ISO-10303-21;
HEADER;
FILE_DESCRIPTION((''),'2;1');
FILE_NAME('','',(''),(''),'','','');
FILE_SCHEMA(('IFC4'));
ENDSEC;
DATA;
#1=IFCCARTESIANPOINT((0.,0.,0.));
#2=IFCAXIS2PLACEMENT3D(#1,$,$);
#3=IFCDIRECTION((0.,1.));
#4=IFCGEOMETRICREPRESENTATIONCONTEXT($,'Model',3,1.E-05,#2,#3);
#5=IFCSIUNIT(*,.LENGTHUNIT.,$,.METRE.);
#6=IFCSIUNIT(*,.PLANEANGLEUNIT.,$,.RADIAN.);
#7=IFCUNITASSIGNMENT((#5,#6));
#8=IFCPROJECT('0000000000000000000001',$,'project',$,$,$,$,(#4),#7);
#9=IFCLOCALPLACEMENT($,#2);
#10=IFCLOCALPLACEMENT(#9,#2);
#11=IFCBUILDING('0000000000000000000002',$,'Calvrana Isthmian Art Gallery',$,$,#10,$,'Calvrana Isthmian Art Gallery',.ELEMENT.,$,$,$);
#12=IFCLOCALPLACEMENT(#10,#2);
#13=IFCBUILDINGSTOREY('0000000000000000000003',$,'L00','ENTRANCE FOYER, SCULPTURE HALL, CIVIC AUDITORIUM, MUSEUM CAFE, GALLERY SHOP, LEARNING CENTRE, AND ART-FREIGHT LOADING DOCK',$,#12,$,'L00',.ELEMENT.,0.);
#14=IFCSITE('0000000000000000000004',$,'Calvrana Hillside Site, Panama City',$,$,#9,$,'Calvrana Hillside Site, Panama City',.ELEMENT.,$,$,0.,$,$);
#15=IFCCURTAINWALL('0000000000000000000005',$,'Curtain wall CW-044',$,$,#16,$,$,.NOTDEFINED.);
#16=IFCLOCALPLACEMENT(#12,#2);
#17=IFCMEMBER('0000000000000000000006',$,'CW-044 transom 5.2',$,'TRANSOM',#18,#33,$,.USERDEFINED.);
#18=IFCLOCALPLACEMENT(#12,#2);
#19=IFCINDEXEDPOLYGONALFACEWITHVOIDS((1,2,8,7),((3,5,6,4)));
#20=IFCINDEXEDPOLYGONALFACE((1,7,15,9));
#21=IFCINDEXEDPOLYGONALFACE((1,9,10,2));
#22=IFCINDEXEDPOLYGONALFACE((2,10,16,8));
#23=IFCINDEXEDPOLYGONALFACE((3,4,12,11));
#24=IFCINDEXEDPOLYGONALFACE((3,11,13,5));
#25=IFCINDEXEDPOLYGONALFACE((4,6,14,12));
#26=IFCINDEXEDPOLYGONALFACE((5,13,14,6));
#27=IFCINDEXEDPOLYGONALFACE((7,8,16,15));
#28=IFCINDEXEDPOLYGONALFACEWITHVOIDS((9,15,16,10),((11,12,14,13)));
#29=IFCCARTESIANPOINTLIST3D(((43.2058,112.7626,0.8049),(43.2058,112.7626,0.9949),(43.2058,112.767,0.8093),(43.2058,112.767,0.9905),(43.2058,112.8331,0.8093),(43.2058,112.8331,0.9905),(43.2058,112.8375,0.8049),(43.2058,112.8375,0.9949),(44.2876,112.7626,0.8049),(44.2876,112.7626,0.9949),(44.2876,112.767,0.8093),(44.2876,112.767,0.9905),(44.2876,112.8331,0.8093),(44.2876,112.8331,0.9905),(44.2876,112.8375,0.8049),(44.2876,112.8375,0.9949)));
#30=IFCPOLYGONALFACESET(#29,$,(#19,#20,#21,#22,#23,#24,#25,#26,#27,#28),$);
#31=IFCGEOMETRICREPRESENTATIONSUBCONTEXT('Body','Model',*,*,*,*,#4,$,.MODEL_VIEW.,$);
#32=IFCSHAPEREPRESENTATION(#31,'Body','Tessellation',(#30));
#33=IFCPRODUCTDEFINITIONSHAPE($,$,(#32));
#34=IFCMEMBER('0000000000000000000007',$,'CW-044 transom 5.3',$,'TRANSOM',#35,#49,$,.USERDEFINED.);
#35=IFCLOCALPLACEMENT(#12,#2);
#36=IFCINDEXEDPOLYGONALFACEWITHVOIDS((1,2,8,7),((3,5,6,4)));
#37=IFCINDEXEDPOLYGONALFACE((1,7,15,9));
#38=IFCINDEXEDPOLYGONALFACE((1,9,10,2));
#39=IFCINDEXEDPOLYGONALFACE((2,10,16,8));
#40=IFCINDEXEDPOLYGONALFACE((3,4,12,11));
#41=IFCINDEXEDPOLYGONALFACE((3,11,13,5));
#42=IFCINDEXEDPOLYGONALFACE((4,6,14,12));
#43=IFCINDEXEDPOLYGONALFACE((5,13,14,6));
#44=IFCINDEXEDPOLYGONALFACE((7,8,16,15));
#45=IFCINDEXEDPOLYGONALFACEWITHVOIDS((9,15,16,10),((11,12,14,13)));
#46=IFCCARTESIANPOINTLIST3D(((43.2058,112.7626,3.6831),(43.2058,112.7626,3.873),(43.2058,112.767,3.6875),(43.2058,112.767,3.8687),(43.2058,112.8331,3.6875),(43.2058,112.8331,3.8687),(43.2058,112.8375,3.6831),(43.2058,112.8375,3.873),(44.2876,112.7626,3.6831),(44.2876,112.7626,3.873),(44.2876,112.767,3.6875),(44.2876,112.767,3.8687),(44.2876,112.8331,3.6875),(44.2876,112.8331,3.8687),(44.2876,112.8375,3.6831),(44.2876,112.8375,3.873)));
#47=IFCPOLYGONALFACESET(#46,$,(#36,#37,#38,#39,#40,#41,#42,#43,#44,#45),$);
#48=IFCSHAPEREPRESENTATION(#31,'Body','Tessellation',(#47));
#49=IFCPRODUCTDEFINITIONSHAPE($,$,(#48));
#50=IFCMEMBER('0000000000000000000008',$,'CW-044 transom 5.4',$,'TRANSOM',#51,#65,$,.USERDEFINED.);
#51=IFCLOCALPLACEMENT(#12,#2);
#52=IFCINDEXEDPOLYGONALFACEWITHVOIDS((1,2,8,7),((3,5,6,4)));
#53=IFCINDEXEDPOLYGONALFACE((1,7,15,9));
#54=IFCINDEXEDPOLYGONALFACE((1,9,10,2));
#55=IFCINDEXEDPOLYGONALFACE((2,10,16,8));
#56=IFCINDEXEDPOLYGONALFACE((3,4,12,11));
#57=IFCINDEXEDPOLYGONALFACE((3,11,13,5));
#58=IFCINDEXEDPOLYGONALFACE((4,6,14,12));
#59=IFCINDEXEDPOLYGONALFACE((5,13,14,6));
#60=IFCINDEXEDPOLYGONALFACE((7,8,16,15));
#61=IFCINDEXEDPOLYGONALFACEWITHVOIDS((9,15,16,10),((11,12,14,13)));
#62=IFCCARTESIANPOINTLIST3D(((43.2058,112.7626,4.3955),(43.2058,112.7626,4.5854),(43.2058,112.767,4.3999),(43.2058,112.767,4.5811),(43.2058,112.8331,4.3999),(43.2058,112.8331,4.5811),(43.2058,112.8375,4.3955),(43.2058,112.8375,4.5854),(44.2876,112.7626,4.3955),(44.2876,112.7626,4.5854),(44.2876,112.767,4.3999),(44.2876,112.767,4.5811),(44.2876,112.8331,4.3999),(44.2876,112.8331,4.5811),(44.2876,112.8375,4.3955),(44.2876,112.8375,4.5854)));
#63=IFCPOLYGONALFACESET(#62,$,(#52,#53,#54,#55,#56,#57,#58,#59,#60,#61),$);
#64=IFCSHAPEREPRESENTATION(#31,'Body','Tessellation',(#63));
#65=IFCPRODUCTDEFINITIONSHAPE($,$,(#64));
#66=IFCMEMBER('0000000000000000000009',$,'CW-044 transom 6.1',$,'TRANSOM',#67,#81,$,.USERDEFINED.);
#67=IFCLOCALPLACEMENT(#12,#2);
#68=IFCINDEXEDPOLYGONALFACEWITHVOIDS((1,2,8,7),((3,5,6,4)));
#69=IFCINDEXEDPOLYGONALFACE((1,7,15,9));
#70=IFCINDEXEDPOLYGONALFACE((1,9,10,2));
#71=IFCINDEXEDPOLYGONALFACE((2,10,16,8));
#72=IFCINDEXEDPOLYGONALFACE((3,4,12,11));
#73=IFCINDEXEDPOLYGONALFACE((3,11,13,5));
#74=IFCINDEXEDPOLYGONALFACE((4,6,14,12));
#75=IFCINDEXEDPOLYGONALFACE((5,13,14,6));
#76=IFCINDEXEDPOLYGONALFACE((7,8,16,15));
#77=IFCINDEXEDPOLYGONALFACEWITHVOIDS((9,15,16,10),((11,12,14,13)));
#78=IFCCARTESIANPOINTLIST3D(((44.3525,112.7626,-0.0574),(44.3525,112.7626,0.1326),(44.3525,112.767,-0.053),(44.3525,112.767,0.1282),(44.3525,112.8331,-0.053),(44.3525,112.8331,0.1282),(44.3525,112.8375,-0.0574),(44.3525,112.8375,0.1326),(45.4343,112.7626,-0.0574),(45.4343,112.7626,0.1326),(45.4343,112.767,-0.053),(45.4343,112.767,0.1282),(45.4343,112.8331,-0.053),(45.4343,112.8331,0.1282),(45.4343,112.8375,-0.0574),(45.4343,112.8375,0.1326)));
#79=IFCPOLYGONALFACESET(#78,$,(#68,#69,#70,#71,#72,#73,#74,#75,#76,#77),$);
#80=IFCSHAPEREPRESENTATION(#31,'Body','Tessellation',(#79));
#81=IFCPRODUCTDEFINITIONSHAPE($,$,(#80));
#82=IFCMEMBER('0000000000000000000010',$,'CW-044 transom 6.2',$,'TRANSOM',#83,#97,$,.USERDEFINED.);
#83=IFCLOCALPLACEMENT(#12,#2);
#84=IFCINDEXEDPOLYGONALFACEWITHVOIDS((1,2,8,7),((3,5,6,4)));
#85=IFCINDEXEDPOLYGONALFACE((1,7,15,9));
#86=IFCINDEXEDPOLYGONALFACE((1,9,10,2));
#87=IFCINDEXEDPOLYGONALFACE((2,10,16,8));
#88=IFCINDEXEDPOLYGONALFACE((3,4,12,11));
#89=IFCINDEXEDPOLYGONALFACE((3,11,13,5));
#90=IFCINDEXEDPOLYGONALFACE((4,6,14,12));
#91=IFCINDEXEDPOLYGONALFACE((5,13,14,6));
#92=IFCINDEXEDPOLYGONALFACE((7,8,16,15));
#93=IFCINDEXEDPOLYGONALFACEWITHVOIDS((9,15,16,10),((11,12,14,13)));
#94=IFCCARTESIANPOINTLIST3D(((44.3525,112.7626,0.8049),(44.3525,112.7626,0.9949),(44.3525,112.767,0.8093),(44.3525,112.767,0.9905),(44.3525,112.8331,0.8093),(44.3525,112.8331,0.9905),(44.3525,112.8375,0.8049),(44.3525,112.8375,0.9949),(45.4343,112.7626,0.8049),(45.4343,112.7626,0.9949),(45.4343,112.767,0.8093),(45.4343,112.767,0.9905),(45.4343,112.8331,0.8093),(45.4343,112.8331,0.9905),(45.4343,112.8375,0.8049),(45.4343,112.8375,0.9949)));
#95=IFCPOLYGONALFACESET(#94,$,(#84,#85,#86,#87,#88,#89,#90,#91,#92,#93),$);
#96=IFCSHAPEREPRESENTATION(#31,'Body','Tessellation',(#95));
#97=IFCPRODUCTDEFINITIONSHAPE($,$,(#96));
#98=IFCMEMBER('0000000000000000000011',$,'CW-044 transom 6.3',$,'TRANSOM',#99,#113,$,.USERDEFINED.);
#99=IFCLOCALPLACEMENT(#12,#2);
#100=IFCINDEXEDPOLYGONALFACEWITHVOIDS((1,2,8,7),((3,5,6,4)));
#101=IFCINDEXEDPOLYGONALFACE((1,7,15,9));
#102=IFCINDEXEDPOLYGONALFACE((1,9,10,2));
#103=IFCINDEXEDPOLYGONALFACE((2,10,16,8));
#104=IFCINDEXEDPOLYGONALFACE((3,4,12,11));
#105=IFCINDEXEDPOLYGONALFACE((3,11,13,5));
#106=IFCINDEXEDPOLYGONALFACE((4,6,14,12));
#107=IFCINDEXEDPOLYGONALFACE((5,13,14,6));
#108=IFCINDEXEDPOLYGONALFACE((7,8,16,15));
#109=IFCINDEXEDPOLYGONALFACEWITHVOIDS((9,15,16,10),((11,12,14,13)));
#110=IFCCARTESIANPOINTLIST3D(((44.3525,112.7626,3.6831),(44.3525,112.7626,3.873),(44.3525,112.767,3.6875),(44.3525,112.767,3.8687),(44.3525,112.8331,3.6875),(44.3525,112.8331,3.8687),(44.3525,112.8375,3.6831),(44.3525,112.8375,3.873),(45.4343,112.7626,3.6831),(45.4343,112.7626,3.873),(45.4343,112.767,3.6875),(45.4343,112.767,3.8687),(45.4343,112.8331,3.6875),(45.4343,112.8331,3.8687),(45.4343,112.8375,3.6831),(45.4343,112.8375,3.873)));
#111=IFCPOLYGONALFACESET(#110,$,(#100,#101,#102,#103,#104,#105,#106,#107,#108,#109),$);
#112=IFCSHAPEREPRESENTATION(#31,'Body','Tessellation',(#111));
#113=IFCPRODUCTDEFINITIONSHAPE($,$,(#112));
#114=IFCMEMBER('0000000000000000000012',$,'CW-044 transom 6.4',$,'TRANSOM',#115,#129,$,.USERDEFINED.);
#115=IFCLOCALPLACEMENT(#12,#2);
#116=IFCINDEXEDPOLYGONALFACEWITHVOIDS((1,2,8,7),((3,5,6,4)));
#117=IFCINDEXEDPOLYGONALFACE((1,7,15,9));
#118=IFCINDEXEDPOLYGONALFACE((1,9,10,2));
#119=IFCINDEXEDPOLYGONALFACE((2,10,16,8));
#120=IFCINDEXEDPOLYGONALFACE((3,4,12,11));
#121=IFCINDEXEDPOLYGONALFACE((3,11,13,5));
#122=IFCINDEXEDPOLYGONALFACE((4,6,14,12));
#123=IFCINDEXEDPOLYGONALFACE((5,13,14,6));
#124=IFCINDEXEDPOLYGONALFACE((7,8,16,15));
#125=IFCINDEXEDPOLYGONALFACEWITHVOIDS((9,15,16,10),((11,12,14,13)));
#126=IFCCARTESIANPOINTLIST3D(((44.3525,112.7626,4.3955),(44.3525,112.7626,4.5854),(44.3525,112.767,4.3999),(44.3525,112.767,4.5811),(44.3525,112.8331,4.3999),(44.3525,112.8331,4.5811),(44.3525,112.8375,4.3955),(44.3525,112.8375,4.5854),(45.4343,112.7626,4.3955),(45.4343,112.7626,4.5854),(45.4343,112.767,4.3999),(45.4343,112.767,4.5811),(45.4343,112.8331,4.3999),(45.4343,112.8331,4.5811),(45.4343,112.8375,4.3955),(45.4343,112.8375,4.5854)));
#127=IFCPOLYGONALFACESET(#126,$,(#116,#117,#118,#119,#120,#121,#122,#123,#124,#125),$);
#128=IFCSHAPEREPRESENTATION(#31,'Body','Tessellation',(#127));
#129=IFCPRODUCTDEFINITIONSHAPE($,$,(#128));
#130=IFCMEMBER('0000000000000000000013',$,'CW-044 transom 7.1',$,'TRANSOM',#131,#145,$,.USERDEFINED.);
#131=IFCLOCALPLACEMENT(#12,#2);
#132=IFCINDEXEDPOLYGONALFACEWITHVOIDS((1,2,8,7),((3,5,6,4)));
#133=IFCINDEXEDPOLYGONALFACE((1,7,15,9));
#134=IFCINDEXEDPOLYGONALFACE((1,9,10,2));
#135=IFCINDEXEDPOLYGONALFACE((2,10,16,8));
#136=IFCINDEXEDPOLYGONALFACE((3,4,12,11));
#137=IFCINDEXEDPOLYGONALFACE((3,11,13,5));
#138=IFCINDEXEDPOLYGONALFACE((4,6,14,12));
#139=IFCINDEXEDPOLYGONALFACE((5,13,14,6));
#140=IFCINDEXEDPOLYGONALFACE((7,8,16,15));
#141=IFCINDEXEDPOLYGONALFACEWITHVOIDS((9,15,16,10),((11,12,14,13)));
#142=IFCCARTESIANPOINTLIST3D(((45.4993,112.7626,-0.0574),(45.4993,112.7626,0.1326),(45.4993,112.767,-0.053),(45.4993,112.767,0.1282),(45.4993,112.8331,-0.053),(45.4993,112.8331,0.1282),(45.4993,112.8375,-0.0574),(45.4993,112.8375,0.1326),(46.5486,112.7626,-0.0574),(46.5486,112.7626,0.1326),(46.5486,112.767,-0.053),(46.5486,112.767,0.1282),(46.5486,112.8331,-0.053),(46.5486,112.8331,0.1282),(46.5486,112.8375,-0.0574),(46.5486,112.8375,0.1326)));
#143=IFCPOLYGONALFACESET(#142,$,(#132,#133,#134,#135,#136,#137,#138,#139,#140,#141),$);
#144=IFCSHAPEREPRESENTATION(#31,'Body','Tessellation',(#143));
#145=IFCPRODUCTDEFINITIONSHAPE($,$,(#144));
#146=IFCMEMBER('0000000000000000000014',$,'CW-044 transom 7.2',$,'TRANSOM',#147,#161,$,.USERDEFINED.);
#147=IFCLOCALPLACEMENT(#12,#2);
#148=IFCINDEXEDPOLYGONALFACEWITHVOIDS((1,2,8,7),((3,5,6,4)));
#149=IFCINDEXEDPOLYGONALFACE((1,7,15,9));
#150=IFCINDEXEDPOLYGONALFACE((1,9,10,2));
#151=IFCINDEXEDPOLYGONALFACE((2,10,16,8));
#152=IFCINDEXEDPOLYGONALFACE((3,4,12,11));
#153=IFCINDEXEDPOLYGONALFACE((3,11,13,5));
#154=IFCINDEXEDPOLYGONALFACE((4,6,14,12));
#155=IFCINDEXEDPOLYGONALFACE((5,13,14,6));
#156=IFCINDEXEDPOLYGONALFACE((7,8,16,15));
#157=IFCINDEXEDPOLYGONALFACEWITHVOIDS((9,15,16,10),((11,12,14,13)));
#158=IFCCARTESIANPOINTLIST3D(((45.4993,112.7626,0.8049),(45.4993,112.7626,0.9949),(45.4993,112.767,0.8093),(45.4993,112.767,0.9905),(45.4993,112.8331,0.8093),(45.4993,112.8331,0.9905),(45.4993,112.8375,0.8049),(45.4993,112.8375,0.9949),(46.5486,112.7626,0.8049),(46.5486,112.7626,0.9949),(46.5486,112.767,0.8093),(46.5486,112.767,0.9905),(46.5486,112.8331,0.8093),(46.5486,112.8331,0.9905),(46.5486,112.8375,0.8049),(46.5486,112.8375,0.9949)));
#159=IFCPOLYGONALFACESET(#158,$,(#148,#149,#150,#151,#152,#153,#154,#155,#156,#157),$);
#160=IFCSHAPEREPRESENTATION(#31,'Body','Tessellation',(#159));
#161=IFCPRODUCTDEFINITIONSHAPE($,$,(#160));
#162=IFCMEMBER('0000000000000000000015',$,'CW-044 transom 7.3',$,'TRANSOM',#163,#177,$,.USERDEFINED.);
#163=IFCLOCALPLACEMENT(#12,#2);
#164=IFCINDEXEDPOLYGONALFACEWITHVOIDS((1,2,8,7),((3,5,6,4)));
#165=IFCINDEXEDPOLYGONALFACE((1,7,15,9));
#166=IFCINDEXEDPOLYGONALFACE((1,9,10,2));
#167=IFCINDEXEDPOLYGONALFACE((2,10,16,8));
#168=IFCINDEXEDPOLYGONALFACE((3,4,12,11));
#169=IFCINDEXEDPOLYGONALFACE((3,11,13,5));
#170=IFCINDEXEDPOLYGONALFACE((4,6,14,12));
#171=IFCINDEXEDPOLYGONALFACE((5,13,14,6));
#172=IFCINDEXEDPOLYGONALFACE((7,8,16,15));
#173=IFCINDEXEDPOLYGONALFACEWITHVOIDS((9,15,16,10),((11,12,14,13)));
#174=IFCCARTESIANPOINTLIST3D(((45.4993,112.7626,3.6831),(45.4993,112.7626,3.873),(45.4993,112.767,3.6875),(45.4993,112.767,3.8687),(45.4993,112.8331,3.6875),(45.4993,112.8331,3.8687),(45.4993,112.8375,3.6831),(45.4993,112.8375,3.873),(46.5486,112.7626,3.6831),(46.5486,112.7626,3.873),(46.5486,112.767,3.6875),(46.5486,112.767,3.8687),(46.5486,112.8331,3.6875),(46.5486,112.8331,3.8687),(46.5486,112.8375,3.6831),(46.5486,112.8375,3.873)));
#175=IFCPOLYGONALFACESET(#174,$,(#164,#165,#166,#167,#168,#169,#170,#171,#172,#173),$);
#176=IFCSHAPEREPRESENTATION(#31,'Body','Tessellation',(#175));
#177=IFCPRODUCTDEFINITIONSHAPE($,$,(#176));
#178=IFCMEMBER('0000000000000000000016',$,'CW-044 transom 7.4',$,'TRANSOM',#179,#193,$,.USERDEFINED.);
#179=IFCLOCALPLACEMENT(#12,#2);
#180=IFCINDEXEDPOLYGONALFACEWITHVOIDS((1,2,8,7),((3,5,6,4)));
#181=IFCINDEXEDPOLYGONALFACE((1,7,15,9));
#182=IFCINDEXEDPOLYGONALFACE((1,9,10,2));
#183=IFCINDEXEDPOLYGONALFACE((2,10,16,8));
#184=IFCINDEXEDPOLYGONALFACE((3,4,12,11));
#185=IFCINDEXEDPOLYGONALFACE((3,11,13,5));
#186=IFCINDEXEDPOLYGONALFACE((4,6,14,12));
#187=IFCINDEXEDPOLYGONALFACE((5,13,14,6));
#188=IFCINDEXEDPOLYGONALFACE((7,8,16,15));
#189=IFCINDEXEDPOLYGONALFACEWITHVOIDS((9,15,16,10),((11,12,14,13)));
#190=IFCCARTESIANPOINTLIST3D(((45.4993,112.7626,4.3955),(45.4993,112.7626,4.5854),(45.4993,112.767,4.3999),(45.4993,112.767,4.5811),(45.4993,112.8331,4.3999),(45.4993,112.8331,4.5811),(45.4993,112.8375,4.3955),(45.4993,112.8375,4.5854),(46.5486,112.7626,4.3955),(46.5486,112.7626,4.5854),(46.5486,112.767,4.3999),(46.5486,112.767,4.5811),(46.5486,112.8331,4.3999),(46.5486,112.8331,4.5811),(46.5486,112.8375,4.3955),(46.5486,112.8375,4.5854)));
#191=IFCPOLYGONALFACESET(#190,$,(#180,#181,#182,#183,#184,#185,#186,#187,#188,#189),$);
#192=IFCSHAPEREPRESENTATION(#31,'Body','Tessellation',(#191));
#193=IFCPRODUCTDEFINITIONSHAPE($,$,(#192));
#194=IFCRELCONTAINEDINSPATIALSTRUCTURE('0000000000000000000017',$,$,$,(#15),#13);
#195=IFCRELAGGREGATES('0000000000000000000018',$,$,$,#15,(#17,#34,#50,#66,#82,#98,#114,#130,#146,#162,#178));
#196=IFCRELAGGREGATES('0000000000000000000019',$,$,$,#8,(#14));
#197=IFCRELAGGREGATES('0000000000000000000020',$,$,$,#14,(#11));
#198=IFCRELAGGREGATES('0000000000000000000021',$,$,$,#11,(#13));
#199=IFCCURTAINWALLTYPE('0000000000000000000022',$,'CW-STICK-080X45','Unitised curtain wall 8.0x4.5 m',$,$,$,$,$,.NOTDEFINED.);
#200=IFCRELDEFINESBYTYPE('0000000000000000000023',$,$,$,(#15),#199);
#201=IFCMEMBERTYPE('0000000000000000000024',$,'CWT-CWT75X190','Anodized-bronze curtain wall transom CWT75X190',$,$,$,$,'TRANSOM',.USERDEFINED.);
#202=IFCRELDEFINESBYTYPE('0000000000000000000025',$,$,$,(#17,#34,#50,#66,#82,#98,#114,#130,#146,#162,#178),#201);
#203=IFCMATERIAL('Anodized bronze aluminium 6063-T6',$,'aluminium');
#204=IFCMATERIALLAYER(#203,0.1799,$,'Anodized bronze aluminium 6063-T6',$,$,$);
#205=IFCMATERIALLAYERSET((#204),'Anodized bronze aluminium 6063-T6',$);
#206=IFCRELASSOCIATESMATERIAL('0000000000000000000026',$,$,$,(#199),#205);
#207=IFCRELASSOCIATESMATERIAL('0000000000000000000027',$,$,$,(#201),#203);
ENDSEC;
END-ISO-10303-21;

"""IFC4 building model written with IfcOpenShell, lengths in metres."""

from ifc_helpers import new_model, si_unit, direction, frame, origin, origin_2d, place, context, subcontext, project, spatial, hollow_rectangle, extrude, material, layer, layer_set, material_profile, profile_set, type_object, element, aggregate, save


model = new_model("IFC4")

# Units and contexts
model_context = context("Model", 3, precision=1e-05, world=origin(), true_north=direction((0.0, 1.0)))
body_context = subcontext(model_context, "Body", "Model", "MODEL_VIEW")
ifc_project = project(units=[si_unit("LENGTHUNIT", "METRE"), si_unit("PLANEANGLEUNIT", "RADIAN")], contexts=[model_context])

# Site, building, storey
site_placement = place(None, origin())
site = spatial("IfcSite", under=ifc_project, at=site_placement, Name="Calvrana Hillside Site, Panama City", LongName="Calvrana Hillside Site, Panama City", CompositionType="ELEMENT", RefElevation=0.0)
building_placement = place(site_placement, origin())
building = spatial("IfcBuilding", under=site, at=building_placement, Name="Calvrana Isthmian Art Gallery", LongName="Calvrana Isthmian Art Gallery", CompositionType="ELEMENT")
storey_placement = place(building_placement, origin())
storey = spatial("IfcBuildingStorey", under=building, at=storey_placement, Name="L00", Description="ENTRANCE FOYER, SCULPTURE HALL, CIVIC AUDITORIUM, MUSEUM CAFE, GALLERY SHOP, LEARNING CENTRE, AND ART-FREIGHT LOADING DOCK", LongName="L00", CompositionType="ELEMENT", Elevation=0.0)

# Curtain wall, members
ifc_material_1 = material(Name="Anodized bronze aluminium 6063-T6", Category="aluminium")
ifc_layer_1 = layer(ifc_material_1, 0.1799, Name="Anodized bronze aluminium 6063-T6")
ifc_layer_set_1 = layer_set([ifc_layer_1], Name="Anodized bronze aluminium 6063-T6")
curtain_wall_type = type_object("IfcCurtainWallType", Name="CW-STICK-080X45", Description="Unitised curtain wall 8.0x4.5 m", PredefinedType="NOTDEFINED", material=ifc_layer_set_1)
curtain_wall_placement = place(storey_placement, origin())
curtain_wall = element("IfcCurtainWall", 1, at=curtain_wall_placement, inside=storey, type_object=curtain_wall_type, Name="Curtain wall CW-044", PredefinedType="NOTDEFINED")
ifc_material_profile_1 = material_profile(ifc_material_1, hollow_rectangle(XDim=0.075, YDim=0.1899, WallThickness=0.0044, at=origin_2d()), Name="CWT75X190")
ifc_profile_set_1 = profile_set([ifc_material_profile_1], Name="Anodized bronze aluminium 6063-T6")
member_type_1 = type_object("IfcMemberType", Name="CWT-CWT75X190", Description="Anodized-bronze curtain wall transom CWT75X190", ElementType="TRANSOM", PredefinedType="USERDEFINED", material=ifc_profile_set_1)
member_1_placement = place(storey_placement, frame((43.2058, 112.8, 0.8999), z_axis=(1.0, 0.0, 0.0), x_axis=(0.0, 1.0, 0.0)))
member_1 = element("IfcMember", 2, at=member_1_placement, type_object=member_type_1, Name="CW-044 transom 5.2", ObjectType="TRANSOM", PredefinedType="USERDEFINED", context=body_context, shape_type="SweptSolid", body=[
    extrude(hollow_rectangle(XDim=0.075, YDim=0.1899, WallThickness=0.0044, at=origin_2d()), origin(), (0.0, 0.0, 1.0), 1.0818),
])
member_2_placement = place(storey_placement, frame((43.2058, 112.8, 3.7781), z_axis=(1.0, 0.0, 0.0), x_axis=(0.0, 1.0, 0.0)))
member_2 = element("IfcMember", 3, at=member_2_placement, type_object=member_type_1, Name="CW-044 transom 5.3", ObjectType="TRANSOM", PredefinedType="USERDEFINED", context=body_context, shape_type="SweptSolid", body=[
    extrude(hollow_rectangle(XDim=0.075, YDim=0.1899, WallThickness=0.0044, at=origin_2d()), origin(), (0.0, 0.0, 1.0), 1.0818),
])
member_3_placement = place(storey_placement, frame((43.2058, 112.8, 4.4905), z_axis=(1.0, 0.0, 0.0), x_axis=(0.0, 1.0, 0.0)))
member_3 = element("IfcMember", 4, at=member_3_placement, type_object=member_type_1, Name="CW-044 transom 5.4", ObjectType="TRANSOM", PredefinedType="USERDEFINED", context=body_context, shape_type="SweptSolid", body=[
    extrude(hollow_rectangle(XDim=0.075, YDim=0.1899, WallThickness=0.0044, at=origin_2d()), origin(), (0.0, 0.0, 1.0), 1.0818),
])
member_4_placement = place(storey_placement, frame((44.3525, 112.8, 0.0376), z_axis=(1.0, 0.0, 0.0), x_axis=(0.0, 1.0, 0.0)))
member_4 = element("IfcMember", 5, at=member_4_placement, type_object=member_type_1, Name="CW-044 transom 6.1", ObjectType="TRANSOM", PredefinedType="USERDEFINED", context=body_context, shape_type="SweptSolid", body=[
    extrude(hollow_rectangle(XDim=0.075, YDim=0.1899, WallThickness=0.0044, at=origin_2d()), origin(), (0.0, 0.0, 1.0), 1.0818),
])
member_5_placement = place(storey_placement, frame((44.3525, 112.8, 0.8999), z_axis=(1.0, 0.0, 0.0), x_axis=(0.0, 1.0, 0.0)))
member_5 = element("IfcMember", 6, at=member_5_placement, type_object=member_type_1, Name="CW-044 transom 6.2", ObjectType="TRANSOM", PredefinedType="USERDEFINED", context=body_context, shape_type="SweptSolid", body=[
    extrude(hollow_rectangle(XDim=0.075, YDim=0.1899, WallThickness=0.0044, at=origin_2d()), origin(), (0.0, 0.0, 1.0), 1.0818),
])
member_6_placement = place(storey_placement, frame((44.3525, 112.8, 3.7781), z_axis=(1.0, 0.0, 0.0), x_axis=(0.0, 1.0, 0.0)))
member_6 = element("IfcMember", 7, at=member_6_placement, type_object=member_type_1, Name="CW-044 transom 6.3", ObjectType="TRANSOM", PredefinedType="USERDEFINED", context=body_context, shape_type="SweptSolid", body=[
    extrude(hollow_rectangle(XDim=0.075, YDim=0.1899, WallThickness=0.0044, at=origin_2d()), origin(), (0.0, 0.0, 1.0), 1.0818),
])
member_7_placement = place(storey_placement, frame((44.3525, 112.8, 4.4905), z_axis=(1.0, 0.0, 0.0), x_axis=(0.0, 1.0, 0.0)))
member_7 = element("IfcMember", 8, at=member_7_placement, type_object=member_type_1, Name="CW-044 transom 6.4", ObjectType="TRANSOM", PredefinedType="USERDEFINED", context=body_context, shape_type="SweptSolid", body=[
    extrude(hollow_rectangle(XDim=0.075, YDim=0.1899, WallThickness=0.0044, at=origin_2d()), origin(), (0.0, 0.0, 1.0), 1.0818),
])
member_8_placement = place(storey_placement, frame((45.4993, 112.8, 0.0376), z_axis=(1.0, 0.0, 0.0), x_axis=(0.0, 1.0, 0.0)))
member_8 = element("IfcMember", 9, at=member_8_placement, type_object=member_type_1, Name="CW-044 transom 7.1", ObjectType="TRANSOM", PredefinedType="USERDEFINED", context=body_context, shape_type="SweptSolid", body=[
    extrude(hollow_rectangle(XDim=0.075, YDim=0.1899, WallThickness=0.0044, at=origin_2d()), origin(), (0.0, 0.0, 1.0), 1.0493),
])
member_9_placement = place(storey_placement, frame((45.4993, 112.8, 0.8999), z_axis=(1.0, 0.0, 0.0), x_axis=(0.0, 1.0, 0.0)))
member_9 = element("IfcMember", 10, at=member_9_placement, type_object=member_type_1, Name="CW-044 transom 7.2", ObjectType="TRANSOM", PredefinedType="USERDEFINED", context=body_context, shape_type="SweptSolid", body=[
    extrude(hollow_rectangle(XDim=0.075, YDim=0.1899, WallThickness=0.0044, at=origin_2d()), origin(), (0.0, 0.0, 1.0), 1.0493),
])
member_10_placement = place(storey_placement, frame((45.4993, 112.8, 3.7781), z_axis=(1.0, 0.0, 0.0), x_axis=(0.0, 1.0, 0.0)))
member_10 = element("IfcMember", 11, at=member_10_placement, type_object=member_type_1, Name="CW-044 transom 7.3", ObjectType="TRANSOM", PredefinedType="USERDEFINED", context=body_context, shape_type="SweptSolid", body=[
    extrude(hollow_rectangle(XDim=0.075, YDim=0.1899, WallThickness=0.0044, at=origin_2d()), origin(), (0.0, 0.0, 1.0), 1.0493),
])
member_11_placement = place(storey_placement, frame((45.4993, 112.8, 4.4905), z_axis=(1.0, 0.0, 0.0), x_axis=(0.0, 1.0, 0.0)))
member_11 = element("IfcMember", 12, at=member_11_placement, type_object=member_type_1, Name="CW-044 transom 7.4", ObjectType="TRANSOM", PredefinedType="USERDEFINED", context=body_context, shape_type="SweptSolid", body=[
    extrude(hollow_rectangle(XDim=0.075, YDim=0.1899, WallThickness=0.0044, at=origin_2d()), origin(), (0.0, 0.0, 1.0), 1.0493),
])
aggregate(curtain_wall, [member_1, member_2, member_3, member_4, member_5, member_6, member_7, member_8, member_9, member_10, member_11])

save(model, "model.ifc")
